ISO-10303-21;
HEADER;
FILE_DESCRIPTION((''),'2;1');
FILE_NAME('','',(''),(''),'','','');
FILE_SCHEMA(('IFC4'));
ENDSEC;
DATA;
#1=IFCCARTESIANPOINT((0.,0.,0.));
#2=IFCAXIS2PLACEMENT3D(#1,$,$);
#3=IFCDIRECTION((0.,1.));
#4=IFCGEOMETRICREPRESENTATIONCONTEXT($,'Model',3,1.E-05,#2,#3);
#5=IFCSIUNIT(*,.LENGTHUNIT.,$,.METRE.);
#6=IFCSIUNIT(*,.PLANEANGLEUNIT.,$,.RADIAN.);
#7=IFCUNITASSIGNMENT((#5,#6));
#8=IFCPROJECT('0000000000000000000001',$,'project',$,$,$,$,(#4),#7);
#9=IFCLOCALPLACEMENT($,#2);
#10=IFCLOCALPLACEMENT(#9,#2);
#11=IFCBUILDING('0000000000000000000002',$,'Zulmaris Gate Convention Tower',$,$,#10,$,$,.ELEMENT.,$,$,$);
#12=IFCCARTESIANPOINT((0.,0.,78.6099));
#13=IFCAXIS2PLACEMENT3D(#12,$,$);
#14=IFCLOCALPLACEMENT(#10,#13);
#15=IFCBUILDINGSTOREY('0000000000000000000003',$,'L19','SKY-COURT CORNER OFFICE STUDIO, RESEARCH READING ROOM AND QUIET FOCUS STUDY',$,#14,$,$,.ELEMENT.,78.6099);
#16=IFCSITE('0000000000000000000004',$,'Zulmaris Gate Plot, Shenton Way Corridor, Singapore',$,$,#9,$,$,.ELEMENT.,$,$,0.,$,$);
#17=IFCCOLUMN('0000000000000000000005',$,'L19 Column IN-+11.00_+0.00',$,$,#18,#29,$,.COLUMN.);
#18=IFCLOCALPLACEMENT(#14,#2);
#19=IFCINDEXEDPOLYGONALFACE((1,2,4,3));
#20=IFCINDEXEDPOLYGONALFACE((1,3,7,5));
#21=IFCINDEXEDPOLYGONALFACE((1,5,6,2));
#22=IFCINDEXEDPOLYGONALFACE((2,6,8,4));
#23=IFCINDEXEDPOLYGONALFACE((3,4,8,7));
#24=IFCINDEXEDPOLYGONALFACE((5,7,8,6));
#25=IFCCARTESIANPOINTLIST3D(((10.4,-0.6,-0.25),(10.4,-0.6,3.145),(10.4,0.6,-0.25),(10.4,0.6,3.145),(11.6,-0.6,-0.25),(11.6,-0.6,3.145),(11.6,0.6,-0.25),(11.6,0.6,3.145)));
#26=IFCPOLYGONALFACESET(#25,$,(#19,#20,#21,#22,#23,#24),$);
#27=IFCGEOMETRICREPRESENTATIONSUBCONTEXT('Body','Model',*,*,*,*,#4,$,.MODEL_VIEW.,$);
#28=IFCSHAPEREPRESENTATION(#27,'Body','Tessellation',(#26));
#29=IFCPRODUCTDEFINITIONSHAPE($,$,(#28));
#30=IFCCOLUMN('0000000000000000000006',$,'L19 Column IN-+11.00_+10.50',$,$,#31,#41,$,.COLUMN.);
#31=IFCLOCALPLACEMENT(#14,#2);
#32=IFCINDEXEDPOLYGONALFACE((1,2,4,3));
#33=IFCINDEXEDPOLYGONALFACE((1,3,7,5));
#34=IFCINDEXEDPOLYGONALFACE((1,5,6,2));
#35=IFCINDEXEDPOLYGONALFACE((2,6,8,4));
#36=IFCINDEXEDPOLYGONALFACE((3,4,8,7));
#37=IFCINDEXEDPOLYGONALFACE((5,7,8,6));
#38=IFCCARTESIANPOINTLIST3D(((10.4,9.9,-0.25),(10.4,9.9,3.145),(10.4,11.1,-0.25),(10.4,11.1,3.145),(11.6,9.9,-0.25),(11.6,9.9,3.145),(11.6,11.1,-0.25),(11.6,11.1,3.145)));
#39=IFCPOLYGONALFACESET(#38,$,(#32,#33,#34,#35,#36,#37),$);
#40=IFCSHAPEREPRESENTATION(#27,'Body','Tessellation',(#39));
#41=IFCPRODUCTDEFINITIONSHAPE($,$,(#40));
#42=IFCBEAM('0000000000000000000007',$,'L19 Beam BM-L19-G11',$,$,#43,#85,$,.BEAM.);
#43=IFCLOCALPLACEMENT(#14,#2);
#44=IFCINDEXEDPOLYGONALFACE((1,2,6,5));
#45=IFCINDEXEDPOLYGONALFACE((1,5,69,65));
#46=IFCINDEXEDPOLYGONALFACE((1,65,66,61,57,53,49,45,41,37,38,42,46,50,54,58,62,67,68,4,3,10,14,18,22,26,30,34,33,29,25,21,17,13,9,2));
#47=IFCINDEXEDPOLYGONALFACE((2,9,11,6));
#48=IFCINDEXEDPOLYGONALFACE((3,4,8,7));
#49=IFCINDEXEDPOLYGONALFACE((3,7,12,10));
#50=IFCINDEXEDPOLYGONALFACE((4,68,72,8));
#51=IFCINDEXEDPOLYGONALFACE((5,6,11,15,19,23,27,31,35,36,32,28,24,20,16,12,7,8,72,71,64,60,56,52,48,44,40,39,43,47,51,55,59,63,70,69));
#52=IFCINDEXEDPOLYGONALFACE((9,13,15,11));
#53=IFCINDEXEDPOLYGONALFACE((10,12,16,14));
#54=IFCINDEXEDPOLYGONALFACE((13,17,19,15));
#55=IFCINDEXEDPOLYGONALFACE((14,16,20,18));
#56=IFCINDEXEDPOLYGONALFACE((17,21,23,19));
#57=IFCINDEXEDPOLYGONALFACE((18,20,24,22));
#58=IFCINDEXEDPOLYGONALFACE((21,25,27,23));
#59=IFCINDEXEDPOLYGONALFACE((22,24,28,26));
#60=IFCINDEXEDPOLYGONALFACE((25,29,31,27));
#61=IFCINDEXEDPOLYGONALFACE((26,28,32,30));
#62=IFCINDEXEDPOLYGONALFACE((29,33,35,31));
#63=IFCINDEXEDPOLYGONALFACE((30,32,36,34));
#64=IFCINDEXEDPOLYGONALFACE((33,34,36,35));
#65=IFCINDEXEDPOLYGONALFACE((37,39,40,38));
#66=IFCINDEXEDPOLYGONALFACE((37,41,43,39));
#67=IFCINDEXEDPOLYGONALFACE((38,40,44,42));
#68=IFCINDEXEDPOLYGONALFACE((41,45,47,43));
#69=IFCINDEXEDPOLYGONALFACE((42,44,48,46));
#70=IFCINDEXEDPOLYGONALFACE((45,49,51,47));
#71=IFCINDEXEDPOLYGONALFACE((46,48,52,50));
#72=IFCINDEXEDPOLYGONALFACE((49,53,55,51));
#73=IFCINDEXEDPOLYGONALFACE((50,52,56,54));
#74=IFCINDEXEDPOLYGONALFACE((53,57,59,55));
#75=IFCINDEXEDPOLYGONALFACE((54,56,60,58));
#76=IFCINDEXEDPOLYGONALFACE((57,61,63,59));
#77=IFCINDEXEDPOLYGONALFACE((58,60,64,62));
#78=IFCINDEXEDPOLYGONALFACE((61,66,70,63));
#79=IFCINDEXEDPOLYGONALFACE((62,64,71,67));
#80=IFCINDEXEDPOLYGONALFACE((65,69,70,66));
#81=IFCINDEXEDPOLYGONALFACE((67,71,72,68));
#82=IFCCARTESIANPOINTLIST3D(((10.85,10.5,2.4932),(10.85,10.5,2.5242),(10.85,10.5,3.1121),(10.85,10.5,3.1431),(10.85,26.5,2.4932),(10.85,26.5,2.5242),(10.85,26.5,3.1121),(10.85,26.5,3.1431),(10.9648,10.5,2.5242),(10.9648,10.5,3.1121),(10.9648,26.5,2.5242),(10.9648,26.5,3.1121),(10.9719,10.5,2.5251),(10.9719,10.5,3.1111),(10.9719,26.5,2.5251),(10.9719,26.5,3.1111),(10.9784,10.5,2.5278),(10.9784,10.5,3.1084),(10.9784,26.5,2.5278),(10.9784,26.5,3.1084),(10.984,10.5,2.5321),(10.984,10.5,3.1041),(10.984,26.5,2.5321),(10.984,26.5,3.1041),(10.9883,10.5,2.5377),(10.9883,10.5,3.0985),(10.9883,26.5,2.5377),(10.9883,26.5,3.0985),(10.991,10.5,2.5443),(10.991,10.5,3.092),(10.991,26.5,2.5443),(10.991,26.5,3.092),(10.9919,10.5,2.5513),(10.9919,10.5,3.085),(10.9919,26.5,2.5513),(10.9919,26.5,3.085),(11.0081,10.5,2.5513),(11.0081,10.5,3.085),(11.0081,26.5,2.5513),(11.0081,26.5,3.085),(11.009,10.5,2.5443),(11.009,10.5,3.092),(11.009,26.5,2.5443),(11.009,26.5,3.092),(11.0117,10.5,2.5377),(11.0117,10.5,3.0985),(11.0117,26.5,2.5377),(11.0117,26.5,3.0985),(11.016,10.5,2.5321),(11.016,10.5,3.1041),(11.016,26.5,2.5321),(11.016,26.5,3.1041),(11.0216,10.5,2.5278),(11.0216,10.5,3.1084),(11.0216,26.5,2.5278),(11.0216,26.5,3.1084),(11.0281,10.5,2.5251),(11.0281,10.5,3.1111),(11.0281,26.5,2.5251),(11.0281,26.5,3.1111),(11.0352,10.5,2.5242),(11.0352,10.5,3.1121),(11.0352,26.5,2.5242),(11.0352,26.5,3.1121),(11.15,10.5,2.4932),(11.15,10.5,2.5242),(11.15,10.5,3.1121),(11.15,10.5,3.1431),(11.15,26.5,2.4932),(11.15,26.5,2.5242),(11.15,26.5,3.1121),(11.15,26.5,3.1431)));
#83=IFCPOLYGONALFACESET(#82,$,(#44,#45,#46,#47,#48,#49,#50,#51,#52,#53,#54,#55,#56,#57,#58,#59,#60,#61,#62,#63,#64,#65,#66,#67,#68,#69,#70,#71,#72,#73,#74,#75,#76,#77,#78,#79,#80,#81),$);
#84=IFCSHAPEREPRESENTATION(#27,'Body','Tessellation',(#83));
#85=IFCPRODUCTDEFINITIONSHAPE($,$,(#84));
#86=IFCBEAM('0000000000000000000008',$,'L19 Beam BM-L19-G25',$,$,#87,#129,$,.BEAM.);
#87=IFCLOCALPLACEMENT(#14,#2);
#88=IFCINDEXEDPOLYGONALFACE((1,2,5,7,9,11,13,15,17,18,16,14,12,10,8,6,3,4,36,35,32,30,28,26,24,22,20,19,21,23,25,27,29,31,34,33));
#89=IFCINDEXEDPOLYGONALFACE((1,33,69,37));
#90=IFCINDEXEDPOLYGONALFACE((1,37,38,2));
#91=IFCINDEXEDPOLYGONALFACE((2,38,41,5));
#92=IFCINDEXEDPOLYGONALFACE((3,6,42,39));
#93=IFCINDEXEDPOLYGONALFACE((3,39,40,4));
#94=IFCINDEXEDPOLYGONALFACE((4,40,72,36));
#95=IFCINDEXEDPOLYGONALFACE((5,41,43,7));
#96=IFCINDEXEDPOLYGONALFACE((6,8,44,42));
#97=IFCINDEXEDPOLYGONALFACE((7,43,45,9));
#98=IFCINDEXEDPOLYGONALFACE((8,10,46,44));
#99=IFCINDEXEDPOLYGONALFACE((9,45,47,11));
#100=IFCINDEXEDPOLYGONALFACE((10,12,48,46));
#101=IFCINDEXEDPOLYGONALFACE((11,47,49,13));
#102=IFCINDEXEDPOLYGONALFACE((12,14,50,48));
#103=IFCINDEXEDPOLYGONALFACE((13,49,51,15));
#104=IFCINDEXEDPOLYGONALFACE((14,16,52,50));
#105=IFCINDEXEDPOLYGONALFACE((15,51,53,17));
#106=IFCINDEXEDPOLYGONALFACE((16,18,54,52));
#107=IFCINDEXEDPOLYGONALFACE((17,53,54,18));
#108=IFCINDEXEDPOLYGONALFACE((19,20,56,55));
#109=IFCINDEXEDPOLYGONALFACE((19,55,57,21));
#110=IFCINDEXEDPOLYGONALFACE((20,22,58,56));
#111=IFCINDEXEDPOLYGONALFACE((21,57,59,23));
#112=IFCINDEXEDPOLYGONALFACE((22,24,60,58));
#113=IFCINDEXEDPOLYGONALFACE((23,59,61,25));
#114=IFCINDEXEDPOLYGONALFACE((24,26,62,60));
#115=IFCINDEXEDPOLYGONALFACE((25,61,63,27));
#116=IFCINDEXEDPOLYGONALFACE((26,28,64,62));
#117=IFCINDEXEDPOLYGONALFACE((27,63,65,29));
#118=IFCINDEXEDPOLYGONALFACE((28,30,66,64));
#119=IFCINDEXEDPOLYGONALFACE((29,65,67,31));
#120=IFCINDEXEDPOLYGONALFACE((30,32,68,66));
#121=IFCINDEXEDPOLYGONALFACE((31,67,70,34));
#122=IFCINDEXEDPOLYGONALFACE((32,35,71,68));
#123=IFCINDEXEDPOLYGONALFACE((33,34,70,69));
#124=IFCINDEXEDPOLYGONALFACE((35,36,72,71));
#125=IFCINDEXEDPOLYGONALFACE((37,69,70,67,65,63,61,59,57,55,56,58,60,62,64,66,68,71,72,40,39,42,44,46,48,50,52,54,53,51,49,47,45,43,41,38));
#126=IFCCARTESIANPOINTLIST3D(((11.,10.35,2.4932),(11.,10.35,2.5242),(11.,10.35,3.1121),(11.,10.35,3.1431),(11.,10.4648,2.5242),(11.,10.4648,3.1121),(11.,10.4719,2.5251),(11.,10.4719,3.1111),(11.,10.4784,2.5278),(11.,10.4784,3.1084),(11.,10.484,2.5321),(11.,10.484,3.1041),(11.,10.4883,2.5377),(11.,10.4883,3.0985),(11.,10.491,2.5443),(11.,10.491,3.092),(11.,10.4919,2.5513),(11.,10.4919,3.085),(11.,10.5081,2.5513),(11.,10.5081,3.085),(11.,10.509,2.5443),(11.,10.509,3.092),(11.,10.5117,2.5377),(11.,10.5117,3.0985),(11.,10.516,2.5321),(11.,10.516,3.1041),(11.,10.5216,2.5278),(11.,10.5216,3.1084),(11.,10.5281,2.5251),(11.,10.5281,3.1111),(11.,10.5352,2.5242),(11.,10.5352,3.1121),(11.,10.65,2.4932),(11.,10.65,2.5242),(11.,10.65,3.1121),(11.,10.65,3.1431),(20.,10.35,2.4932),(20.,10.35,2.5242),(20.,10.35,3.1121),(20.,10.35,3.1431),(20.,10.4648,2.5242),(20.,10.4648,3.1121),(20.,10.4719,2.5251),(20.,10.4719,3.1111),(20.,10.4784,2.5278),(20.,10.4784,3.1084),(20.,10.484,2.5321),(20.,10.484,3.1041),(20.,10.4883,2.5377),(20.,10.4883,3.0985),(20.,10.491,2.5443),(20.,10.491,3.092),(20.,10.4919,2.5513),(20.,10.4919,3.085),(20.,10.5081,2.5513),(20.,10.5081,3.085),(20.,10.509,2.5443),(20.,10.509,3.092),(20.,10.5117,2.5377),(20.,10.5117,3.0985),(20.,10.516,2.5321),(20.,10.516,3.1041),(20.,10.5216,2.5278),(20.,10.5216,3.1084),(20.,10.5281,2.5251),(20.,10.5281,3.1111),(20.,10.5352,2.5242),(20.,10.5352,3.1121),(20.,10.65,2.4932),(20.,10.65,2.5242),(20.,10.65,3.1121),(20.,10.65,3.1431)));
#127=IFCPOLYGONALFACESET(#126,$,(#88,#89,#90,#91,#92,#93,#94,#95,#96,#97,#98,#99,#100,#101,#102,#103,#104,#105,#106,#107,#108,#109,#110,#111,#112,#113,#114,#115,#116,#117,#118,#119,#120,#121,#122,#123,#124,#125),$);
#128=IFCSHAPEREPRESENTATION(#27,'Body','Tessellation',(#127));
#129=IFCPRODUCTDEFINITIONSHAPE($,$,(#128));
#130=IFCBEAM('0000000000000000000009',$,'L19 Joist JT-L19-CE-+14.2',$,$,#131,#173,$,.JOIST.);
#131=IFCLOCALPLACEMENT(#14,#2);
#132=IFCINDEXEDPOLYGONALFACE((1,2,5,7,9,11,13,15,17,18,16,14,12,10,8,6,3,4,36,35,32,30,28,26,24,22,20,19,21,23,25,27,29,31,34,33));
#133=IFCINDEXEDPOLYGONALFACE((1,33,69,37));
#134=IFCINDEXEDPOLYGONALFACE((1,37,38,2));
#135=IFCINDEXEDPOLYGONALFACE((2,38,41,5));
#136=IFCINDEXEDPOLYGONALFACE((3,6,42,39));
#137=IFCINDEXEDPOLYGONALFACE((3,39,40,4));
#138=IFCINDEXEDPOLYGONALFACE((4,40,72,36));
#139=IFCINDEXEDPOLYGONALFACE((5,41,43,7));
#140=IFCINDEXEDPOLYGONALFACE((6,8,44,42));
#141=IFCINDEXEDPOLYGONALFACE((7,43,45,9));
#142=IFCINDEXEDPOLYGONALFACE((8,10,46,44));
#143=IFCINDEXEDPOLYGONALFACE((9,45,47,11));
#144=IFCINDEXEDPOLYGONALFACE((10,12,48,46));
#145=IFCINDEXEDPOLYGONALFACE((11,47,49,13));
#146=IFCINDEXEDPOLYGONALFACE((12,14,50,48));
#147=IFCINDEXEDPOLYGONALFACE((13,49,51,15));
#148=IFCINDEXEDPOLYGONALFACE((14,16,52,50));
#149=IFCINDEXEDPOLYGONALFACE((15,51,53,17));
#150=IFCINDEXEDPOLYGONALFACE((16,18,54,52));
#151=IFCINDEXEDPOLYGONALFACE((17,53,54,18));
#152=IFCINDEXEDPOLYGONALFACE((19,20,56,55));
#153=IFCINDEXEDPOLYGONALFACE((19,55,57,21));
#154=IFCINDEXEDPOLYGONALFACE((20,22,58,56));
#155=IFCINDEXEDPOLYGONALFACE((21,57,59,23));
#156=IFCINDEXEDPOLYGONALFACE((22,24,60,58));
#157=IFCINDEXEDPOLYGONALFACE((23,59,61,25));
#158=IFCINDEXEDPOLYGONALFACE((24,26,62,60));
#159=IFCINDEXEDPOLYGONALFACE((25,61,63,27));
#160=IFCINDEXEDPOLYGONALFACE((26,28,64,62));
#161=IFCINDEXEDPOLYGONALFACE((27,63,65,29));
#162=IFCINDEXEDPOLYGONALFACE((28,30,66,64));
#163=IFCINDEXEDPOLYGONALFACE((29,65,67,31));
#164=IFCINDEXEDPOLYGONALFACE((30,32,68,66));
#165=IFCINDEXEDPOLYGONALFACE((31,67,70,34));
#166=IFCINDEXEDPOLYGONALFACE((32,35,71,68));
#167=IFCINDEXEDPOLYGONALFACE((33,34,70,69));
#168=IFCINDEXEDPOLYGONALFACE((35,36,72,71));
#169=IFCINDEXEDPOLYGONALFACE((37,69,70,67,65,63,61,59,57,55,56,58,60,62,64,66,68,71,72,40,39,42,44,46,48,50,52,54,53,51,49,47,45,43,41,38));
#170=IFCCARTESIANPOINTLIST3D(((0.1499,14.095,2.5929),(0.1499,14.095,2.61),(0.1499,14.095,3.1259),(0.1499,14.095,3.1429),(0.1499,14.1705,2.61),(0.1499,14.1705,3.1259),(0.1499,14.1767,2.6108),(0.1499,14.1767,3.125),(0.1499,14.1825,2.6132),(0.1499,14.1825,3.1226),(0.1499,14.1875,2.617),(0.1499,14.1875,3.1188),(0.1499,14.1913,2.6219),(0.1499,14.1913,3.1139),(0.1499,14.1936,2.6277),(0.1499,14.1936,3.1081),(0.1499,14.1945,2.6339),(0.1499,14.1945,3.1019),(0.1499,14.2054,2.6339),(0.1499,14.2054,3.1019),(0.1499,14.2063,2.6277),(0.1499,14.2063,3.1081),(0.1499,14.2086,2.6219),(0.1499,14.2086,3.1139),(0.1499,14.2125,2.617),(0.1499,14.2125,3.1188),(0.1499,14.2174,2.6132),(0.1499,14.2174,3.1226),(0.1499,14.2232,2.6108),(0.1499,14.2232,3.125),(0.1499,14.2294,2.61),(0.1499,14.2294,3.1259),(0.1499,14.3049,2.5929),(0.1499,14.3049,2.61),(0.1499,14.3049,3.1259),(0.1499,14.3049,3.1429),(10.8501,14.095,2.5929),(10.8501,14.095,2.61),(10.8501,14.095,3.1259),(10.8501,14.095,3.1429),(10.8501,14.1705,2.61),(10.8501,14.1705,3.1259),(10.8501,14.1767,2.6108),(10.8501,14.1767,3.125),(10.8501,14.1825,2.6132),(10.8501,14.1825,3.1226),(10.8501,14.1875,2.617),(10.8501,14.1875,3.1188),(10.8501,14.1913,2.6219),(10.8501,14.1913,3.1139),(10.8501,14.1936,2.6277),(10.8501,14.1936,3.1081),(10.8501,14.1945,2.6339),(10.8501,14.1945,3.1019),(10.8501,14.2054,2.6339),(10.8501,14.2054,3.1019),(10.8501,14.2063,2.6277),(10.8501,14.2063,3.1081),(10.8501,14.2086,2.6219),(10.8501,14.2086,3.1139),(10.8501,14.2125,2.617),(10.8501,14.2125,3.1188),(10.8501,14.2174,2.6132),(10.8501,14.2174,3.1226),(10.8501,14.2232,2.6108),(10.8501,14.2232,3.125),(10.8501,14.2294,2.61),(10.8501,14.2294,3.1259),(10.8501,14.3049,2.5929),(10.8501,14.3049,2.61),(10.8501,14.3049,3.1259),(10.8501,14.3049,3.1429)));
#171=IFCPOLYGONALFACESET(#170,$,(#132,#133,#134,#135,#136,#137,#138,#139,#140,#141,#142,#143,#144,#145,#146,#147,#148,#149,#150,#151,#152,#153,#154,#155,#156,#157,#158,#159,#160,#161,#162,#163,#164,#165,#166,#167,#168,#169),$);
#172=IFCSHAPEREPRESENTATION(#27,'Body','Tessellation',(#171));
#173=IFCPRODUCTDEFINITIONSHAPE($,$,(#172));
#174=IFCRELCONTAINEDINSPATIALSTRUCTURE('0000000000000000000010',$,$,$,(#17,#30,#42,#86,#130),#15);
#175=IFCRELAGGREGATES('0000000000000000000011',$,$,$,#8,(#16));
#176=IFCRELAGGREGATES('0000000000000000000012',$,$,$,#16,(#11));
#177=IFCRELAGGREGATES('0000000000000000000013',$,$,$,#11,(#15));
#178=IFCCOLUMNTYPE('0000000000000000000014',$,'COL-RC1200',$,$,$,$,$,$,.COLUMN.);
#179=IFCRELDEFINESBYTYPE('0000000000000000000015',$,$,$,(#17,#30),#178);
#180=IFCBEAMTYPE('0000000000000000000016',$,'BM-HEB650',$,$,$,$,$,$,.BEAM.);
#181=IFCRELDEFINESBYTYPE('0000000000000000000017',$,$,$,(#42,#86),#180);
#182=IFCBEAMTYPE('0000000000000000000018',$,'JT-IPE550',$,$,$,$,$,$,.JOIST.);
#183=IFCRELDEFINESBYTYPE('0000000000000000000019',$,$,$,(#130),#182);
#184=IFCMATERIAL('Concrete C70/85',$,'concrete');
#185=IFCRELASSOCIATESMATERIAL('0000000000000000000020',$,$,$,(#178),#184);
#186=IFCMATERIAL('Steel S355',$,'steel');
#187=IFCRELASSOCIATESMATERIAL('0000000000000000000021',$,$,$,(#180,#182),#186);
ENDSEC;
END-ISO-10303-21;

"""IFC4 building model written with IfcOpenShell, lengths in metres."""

from ifc_helpers import new_model, si_unit, direction, frame, origin, origin_2d, place, context, subcontext, project, spatial, rectangle, i_section, extrude, material, material_profile, profile_set, type_object, element, save


model = new_model("IFC4")

# Units and contexts
model_context = context("Model", 3, precision=1e-05, world=origin(), true_north=direction((0.0, 1.0)))
body_context = subcontext(model_context, "Body", "Model", "MODEL_VIEW")
ifc_project = project(units=[si_unit("LENGTHUNIT", "METRE"), si_unit("PLANEANGLEUNIT", "RADIAN")], contexts=[model_context])

# Site, building, storey
site_placement = place(None, origin())
site = spatial("IfcSite", under=ifc_project, at=site_placement, Name="Zulmaris Gate Plot, Shenton Way Corridor, Singapore", CompositionType="ELEMENT", RefElevation=0.0)
building_placement = place(site_placement, origin())
building = spatial("IfcBuilding", under=site, at=building_placement, Name="Zulmaris Gate Convention Tower", CompositionType="ELEMENT")
storey_placement = place(building_placement, frame((0.0, 0.0, 78.6099)))
storey = spatial("IfcBuildingStorey", under=building, at=storey_placement, Name="L19", Description="SKY-COURT CORNER OFFICE STUDIO, RESEARCH READING ROOM AND QUIET FOCUS STUDY", CompositionType="ELEMENT", Elevation=78.6099)

# Columns
ifc_material_1 = material(Name="Concrete C70/85", Category="concrete")
ifc_material_profile_1 = material_profile(ifc_material_1, rectangle(XDim=1.2, YDim=1.2, at=origin_2d()), Name="RC COL 1200x1200")
ifc_profile_set_1 = profile_set([ifc_material_profile_1], Name="Concrete C70/85")
column_type = type_object("IfcColumnType", Name="COL-RC1200", PredefinedType="COLUMN", material=ifc_profile_set_1)
for number, where, z_axis, x_axis, name in (
    (1, (11.0, 0.0, -0.25), (0.0, 0.0, 1.0), (1.0, 0.0, 0.0), "L19 Column IN-+11.00_+0.00"),
    (2, (11.0, 10.5, -0.25), (0.0, 0.0, 1.0), (1.0, 0.0, 0.0), "L19 Column IN-+11.00_+10.50"),
):
    element("IfcColumn", number, at=place(storey_placement, frame(where, z_axis=z_axis, x_axis=x_axis)), inside=storey, type_object=column_type, Name=name, PredefinedType="COLUMN", context=body_context, shape_type="SweptSolid", body=[
        extrude(rectangle(XDim=1.2, YDim=1.2, at=origin_2d()), origin(), (0.0, 0.0, 1.0), 3.395),
    ])

# Beams
ifc_material_2 = material(Name="Steel S355", Category="steel")
ifc_material_profile_2 = material_profile(ifc_material_2, i_section(OverallWidth=0.3, OverallDepth=0.6499, WebThickness=0.0161, FlangeThickness=0.031, FilletRadius=0.0271, at=origin_2d()), Name="HEB 650")
ifc_profile_set_2 = profile_set([ifc_material_profile_2], Name="Steel S355")
beam_type_1 = type_object("IfcBeamType", Name="BM-HEB650", PredefinedType="BEAM", material=ifc_profile_set_2)
beam_1_placement = place(storey_placement, frame((11.0, 10.5, 2.8181), z_axis=(0.0, 1.0, 0.0), x_axis=(-1.0, 0.0, 0.0)))
element("IfcBeam", 3, at=beam_1_placement, inside=storey, type_object=beam_type_1, Name="L19 Beam BM-L19-G11", PredefinedType="BEAM", context=body_context, shape_type="SweptSolid", body=[
    extrude(i_section(OverallWidth=0.3, OverallDepth=0.6499, WebThickness=0.0161, FlangeThickness=0.031, FilletRadius=0.0271, at=origin_2d()), origin(), (0.0, 0.0, 1.0), 16.0),
])
beam_2_placement = place(storey_placement, frame((11.0, 10.5, 2.8181), z_axis=(1.0, 0.0, 0.0), x_axis=(0.0, 1.0, 0.0)))
element("IfcBeam", 4, at=beam_2_placement, inside=storey, type_object=beam_type_1, Name="L19 Beam BM-L19-G25", PredefinedType="BEAM", context=body_context, shape_type="SweptSolid", body=[
    extrude(i_section(OverallWidth=0.3, OverallDepth=0.6499, WebThickness=0.0161, FlangeThickness=0.031, FilletRadius=0.0271, at=origin_2d()), origin(), (0.0, 0.0, 1.0), 9.0),
])
ifc_material_profile_3 = material_profile(ifc_material_2, i_section(OverallWidth=0.21, OverallDepth=0.55, WebThickness=0.011, FlangeThickness=0.0171, FilletRadius=0.0239, at=origin_2d()), Name="IPE 550")
ifc_profile_set_3 = profile_set([ifc_material_profile_3], Name="Steel S355")
beam_type_2 = type_object("IfcBeamType", Name="JT-IPE550", PredefinedType="JOIST", material=ifc_profile_set_3)
for number, where, z_axis, x_axis, name in (
    (5, (0.1499, 14.2, 2.8679), (1.0, 0.0, 0.0), (0.0, 1.0, 0.0), "L19 Joist JT-L19-CE-+14.2"),
):
    element("IfcBeam", number, at=place(storey_placement, frame(where, z_axis=z_axis, x_axis=x_axis)), inside=storey, type_object=beam_type_2, Name=name, PredefinedType="JOIST", context=body_context, shape_type="SweptSolid", body=[
        extrude(i_section(OverallWidth=0.21, OverallDepth=0.55, WebThickness=0.011, FlangeThickness=0.0171, FilletRadius=0.0239, at=origin_2d()), origin(), (0.0, 0.0, 1.0), 10.7002),
    ])

save(model, "model.ifc")
